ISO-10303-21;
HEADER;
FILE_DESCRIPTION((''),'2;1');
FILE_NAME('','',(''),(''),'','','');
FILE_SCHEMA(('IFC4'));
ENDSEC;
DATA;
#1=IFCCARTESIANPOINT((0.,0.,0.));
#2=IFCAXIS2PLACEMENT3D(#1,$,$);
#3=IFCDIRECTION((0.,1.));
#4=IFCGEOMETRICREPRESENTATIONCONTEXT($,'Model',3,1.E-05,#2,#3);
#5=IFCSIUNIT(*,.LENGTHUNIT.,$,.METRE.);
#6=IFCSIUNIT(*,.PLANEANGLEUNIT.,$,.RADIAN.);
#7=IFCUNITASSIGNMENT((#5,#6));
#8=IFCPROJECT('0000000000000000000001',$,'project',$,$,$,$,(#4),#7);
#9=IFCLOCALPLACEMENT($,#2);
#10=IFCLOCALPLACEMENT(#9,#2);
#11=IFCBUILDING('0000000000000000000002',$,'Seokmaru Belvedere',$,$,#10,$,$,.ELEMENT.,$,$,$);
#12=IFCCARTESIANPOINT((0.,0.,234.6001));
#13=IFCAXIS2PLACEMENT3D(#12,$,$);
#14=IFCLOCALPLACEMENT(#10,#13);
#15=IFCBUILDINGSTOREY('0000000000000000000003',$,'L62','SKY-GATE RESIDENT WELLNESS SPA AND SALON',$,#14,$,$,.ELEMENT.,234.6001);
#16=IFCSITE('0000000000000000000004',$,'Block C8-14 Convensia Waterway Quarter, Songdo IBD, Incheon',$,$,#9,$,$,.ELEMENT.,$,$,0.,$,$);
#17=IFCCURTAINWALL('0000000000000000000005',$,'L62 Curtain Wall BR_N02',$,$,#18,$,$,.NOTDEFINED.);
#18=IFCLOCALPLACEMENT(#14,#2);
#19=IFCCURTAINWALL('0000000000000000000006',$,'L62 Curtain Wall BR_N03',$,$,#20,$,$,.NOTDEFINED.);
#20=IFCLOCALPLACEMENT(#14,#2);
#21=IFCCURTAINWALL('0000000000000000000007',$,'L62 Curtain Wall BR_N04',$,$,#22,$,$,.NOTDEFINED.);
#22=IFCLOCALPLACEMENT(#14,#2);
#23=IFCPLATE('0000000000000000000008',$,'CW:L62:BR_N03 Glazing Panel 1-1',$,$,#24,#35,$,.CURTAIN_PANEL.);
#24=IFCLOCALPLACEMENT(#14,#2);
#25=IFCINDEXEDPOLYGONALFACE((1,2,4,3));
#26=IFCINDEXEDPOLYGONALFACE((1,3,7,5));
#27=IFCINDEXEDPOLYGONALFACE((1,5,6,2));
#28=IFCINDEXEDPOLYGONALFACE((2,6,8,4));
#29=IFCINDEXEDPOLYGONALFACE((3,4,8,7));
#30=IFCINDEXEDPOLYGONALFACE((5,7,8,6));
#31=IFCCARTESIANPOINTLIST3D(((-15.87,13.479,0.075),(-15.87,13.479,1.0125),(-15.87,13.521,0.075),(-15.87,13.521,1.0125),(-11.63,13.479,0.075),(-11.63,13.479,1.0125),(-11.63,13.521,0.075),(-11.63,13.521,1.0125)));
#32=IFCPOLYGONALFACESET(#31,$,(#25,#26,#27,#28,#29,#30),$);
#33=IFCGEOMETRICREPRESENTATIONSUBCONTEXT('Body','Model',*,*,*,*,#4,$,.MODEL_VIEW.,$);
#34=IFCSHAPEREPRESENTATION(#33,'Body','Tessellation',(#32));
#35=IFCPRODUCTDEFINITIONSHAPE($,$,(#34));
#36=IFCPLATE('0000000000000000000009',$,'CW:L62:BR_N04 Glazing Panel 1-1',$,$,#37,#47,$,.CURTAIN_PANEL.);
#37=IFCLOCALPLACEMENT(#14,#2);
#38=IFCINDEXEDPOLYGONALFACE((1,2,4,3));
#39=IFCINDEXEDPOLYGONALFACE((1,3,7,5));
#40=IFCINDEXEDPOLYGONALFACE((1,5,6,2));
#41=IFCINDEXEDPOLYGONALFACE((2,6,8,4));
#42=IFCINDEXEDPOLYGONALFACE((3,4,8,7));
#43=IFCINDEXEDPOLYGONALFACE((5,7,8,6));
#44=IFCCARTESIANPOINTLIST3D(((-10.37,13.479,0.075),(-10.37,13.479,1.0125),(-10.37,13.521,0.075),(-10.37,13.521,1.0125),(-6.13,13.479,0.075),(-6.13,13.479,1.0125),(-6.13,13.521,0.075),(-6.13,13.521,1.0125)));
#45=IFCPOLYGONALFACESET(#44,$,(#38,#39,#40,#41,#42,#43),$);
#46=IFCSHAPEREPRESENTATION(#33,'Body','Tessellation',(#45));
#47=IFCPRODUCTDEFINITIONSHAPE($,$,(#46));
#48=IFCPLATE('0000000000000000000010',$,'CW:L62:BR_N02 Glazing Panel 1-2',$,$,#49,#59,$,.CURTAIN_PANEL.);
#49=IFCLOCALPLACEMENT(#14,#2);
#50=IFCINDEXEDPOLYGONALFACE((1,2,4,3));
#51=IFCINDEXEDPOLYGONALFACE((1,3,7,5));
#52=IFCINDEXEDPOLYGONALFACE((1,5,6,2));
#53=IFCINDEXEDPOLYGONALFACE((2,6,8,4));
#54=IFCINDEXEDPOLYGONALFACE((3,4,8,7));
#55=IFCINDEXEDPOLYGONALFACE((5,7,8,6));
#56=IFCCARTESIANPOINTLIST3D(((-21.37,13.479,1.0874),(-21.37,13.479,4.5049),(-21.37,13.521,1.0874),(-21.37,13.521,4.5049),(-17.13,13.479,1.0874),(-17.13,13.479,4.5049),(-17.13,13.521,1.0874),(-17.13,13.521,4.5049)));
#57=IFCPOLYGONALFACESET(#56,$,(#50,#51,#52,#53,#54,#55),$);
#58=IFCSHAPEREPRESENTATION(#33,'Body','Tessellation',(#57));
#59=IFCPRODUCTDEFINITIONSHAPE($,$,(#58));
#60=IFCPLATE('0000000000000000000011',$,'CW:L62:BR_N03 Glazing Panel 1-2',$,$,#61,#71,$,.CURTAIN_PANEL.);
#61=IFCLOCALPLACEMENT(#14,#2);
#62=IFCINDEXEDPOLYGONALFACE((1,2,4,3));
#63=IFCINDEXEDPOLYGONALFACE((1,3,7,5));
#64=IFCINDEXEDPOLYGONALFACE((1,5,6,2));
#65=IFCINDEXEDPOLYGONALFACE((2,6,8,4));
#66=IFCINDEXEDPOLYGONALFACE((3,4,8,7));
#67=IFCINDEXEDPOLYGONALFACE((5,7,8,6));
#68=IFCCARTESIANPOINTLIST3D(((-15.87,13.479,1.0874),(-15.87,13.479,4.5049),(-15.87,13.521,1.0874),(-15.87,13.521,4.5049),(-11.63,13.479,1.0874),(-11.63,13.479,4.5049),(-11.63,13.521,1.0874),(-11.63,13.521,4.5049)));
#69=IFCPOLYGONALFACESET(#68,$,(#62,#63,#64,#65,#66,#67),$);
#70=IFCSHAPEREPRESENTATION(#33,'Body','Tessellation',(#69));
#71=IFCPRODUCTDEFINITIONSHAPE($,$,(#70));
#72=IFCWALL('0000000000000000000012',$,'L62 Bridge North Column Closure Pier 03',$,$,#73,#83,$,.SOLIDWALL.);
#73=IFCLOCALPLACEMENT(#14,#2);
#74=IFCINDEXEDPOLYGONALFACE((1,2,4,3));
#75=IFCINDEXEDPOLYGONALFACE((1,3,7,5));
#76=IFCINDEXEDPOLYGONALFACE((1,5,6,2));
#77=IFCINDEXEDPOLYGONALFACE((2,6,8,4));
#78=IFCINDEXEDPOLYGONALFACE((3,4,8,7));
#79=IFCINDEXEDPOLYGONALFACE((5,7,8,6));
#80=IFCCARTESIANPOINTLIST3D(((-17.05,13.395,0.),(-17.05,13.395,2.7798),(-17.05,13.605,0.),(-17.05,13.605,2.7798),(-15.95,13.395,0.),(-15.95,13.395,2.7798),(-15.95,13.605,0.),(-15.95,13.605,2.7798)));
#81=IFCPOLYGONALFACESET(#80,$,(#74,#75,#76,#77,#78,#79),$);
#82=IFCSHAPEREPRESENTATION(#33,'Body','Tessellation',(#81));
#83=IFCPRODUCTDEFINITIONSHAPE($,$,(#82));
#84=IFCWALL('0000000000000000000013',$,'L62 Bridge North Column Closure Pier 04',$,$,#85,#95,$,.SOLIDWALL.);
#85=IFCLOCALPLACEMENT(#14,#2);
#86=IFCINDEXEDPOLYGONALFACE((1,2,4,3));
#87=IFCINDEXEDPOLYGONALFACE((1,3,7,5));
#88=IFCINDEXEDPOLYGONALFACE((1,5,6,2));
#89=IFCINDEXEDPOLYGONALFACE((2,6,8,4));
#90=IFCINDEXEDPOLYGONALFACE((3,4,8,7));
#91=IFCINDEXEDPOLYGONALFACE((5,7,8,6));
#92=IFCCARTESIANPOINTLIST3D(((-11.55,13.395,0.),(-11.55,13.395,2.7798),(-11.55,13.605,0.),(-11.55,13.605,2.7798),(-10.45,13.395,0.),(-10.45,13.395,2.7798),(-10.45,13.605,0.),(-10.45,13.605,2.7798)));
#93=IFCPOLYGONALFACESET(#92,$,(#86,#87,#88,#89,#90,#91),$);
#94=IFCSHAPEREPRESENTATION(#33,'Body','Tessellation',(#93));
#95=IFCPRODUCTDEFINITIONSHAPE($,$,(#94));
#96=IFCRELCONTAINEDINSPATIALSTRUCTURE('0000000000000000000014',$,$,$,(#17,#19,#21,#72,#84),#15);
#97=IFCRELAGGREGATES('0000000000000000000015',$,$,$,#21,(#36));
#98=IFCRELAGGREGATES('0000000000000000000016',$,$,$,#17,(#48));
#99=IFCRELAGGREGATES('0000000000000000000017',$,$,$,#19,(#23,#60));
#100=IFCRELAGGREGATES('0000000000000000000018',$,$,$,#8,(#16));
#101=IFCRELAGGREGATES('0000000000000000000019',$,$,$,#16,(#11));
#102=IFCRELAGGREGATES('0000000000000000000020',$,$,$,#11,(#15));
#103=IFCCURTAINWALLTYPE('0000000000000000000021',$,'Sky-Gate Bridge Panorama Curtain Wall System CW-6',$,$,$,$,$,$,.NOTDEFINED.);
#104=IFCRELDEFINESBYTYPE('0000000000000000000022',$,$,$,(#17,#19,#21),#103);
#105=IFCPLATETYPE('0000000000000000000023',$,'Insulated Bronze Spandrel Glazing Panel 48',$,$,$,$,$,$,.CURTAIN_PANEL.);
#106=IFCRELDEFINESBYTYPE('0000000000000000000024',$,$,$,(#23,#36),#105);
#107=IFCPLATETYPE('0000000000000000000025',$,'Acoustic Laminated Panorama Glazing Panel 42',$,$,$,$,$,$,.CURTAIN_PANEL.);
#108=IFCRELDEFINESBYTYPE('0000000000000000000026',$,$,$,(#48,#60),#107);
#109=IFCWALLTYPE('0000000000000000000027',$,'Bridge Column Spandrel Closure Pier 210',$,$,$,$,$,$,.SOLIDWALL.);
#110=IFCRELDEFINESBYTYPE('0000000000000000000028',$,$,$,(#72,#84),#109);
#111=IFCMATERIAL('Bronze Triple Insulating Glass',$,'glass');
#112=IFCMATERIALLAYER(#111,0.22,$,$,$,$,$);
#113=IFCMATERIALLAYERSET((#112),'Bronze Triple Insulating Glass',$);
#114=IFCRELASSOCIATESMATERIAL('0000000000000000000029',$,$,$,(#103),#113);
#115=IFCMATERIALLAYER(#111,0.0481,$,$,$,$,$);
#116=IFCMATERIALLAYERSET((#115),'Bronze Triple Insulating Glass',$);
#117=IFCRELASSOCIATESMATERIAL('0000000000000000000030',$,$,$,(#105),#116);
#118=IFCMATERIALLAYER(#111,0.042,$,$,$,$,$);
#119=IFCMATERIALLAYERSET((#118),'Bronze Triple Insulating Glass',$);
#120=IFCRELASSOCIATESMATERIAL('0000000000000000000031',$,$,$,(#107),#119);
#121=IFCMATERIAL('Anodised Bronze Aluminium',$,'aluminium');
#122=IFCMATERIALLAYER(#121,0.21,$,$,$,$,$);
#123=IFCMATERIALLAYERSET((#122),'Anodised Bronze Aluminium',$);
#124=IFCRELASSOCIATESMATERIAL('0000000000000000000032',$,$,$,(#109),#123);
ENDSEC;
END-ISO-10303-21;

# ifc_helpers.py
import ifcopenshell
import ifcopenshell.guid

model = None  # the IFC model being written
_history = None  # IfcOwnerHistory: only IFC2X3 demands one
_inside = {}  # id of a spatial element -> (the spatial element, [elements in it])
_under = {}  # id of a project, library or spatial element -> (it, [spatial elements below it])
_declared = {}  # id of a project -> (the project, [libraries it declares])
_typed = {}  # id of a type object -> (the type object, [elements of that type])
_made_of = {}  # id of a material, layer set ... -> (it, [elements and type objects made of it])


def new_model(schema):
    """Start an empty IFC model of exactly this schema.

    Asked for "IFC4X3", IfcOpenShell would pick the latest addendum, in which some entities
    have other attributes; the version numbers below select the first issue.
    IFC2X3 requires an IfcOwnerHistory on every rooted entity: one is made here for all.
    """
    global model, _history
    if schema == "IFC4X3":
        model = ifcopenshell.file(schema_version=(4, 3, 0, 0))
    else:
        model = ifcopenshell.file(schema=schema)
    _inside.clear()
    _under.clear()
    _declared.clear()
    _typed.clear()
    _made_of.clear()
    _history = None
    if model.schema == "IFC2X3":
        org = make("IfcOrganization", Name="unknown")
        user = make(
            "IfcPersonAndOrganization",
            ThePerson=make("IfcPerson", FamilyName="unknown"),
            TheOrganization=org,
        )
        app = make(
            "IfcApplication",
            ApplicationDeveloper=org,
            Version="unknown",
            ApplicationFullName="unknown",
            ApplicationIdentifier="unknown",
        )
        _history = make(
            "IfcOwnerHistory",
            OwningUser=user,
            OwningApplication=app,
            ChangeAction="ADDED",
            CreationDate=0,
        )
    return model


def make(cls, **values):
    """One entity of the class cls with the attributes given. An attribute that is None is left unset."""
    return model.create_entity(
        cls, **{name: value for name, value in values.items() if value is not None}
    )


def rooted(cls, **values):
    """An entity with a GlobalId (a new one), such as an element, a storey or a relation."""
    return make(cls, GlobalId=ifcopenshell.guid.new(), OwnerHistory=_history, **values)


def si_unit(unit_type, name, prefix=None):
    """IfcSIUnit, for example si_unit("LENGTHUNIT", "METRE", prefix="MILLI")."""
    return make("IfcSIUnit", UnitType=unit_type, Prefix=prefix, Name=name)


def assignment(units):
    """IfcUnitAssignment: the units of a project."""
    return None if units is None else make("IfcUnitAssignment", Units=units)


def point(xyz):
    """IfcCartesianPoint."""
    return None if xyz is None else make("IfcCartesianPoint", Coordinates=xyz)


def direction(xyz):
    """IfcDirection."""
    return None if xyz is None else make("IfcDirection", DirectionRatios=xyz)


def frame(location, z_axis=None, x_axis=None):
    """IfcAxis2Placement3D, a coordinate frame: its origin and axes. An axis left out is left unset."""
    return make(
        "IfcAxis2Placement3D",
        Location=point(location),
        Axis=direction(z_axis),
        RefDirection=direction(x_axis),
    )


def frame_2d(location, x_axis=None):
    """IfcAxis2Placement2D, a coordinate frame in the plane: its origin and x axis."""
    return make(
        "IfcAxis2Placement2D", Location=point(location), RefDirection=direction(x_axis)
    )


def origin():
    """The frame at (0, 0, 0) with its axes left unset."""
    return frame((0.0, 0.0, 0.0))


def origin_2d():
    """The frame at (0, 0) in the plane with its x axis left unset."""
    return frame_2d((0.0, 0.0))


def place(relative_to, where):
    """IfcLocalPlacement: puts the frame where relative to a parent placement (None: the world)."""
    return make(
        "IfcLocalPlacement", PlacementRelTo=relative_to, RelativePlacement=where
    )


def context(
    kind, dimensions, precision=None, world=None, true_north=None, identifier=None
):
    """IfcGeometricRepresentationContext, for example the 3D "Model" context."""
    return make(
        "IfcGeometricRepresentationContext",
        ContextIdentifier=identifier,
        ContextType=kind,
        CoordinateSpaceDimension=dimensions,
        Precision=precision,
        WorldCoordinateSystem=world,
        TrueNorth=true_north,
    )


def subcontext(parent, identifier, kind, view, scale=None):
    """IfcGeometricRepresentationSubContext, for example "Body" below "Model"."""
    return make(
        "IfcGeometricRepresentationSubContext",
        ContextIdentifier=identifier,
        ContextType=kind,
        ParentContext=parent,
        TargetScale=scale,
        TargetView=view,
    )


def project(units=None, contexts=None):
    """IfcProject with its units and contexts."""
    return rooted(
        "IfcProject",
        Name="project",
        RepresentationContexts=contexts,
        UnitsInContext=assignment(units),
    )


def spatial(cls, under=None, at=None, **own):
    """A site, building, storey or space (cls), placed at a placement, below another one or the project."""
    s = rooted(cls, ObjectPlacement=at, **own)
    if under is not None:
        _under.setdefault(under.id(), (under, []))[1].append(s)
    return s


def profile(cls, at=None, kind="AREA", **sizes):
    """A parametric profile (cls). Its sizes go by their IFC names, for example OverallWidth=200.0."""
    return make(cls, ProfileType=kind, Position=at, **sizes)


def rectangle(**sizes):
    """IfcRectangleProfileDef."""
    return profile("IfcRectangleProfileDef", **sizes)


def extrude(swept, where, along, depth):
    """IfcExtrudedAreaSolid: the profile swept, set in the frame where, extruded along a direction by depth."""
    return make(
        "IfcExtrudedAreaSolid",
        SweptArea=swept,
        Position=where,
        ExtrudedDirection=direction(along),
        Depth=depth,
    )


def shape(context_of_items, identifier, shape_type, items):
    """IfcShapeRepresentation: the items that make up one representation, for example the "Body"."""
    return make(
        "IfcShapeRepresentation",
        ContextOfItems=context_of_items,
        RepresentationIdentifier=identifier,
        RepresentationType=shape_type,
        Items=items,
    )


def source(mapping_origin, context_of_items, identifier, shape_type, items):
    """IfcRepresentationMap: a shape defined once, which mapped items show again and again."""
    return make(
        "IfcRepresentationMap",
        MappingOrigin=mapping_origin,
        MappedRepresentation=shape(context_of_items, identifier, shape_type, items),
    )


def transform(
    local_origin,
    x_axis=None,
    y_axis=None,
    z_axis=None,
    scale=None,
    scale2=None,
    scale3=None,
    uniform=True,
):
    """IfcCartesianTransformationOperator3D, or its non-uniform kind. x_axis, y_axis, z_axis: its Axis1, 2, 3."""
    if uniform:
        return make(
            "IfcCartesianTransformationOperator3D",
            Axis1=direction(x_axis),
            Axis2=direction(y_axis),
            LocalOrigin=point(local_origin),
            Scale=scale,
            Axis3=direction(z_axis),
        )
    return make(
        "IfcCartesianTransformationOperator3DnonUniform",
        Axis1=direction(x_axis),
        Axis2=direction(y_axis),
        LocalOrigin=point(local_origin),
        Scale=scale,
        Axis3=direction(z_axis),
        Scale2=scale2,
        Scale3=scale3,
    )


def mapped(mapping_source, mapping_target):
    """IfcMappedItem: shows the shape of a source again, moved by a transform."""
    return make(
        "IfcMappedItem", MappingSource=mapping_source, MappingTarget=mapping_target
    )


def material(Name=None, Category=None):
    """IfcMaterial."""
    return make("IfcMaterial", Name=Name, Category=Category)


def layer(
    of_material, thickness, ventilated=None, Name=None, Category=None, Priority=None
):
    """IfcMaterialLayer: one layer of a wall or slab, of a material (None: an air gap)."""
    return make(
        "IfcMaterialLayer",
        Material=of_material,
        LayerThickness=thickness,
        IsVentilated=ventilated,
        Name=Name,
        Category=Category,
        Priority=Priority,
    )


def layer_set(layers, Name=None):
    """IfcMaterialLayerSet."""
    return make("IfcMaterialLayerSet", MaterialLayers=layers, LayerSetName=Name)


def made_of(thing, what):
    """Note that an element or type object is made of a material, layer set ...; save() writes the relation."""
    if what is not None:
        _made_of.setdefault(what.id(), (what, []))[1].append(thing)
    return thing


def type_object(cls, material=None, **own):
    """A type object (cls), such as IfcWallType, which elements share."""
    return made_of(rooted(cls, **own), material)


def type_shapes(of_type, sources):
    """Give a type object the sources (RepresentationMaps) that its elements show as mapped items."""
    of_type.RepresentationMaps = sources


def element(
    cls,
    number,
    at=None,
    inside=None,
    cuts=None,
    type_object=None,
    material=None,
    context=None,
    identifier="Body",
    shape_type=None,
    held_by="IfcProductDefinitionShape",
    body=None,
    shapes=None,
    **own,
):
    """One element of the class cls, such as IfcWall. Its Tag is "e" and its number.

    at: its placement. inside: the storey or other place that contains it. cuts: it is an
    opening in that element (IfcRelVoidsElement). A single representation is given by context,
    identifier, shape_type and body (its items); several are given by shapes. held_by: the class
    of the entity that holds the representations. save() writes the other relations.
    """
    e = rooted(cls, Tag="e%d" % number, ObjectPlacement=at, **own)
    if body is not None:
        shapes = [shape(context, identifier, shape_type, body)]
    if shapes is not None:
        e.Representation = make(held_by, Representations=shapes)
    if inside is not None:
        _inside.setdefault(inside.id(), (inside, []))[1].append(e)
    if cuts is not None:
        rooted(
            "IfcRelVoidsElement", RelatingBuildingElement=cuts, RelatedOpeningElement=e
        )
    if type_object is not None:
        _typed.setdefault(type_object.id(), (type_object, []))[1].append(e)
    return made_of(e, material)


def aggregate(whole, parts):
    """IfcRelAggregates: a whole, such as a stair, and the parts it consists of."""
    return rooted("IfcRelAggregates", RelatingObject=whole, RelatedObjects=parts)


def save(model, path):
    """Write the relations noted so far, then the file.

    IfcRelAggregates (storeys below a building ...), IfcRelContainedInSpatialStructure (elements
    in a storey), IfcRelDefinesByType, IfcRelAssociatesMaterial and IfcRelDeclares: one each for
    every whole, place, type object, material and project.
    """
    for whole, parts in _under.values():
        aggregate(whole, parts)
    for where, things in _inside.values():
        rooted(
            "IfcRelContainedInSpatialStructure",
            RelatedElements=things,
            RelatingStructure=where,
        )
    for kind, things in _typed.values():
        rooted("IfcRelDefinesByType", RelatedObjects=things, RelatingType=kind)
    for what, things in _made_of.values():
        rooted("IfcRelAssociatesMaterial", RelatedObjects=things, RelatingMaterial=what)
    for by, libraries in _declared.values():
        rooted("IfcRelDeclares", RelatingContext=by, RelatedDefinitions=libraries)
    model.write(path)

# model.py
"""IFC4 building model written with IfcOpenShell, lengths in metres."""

from ifc_helpers import new_model, si_unit, direction, frame, frame_2d, origin, origin_2d, place, context, subcontext, project, spatial, rectangle, extrude, source, transform, mapped, material, layer, layer_set, type_object, type_shapes, element, aggregate, save


model = new_model("IFC4")

# Units and contexts
model_context = context("Model", 3, precision=1e-05, world=origin(), true_north=direction((0.0, 1.0)))
body_context = subcontext(model_context, "Body", "Model", "MODEL_VIEW")
ifc_project = project(units=[si_unit("LENGTHUNIT", "METRE"), si_unit("PLANEANGLEUNIT", "RADIAN")], contexts=[model_context])

# Site, building, storey
site_placement = place(None, origin())
site = spatial("IfcSite", under=ifc_project, at=site_placement, Name="Block C8-14 Convensia Waterway Quarter, Songdo IBD, Incheon", CompositionType="ELEMENT", RefElevation=0.0)
building_placement = place(site_placement, origin())
building = spatial("IfcBuilding", under=site, at=building_placement, Name="Seokmaru Belvedere", CompositionType="ELEMENT")
storey_placement = place(building_placement, frame((0.0, 0.0, 234.6001)))
storey = spatial("IfcBuildingStorey", under=building, at=storey_placement, Name="L62", Description="SKY-GATE RESIDENT WELLNESS SPA AND SALON", CompositionType="ELEMENT", Elevation=234.6001)

# Curtain walls
ifc_material_1 = material(Name="Bronze Triple Insulating Glass", Category="glass")
ifc_layer_1 = layer(ifc_material_1, 0.22)
ifc_layer_set_1 = layer_set([ifc_layer_1], Name="Bronze Triple Insulating Glass")
curtain_wall_type = type_object("IfcCurtainWallType", Name="Sky-Gate Bridge Panorama Curtain Wall System CW-6", PredefinedType="NOTDEFINED", material=ifc_layer_set_1)
curtain_wall_1_placement = place(storey_placement, origin())
curtain_wall_1 = element("IfcCurtainWall", 1, at=curtain_wall_1_placement, inside=storey, type_object=curtain_wall_type, Name="L62 Curtain Wall BR_N02", PredefinedType="NOTDEFINED")
ifc_material_2 = material(Name="Anodised Bronze Aluminium", Category="aluminium")
curtain_wall_2_placement = place(storey_placement, origin())
curtain_wall_2 = element("IfcCurtainWall", 2, at=curtain_wall_2_placement, inside=storey, type_object=curtain_wall_type, Name="L62 Curtain Wall BR_N03", PredefinedType="NOTDEFINED")

# Curtain wall
curtain_wall_3_placement = place(storey_placement, origin())
curtain_wall_3 = element("IfcCurtainWall", 3, at=curtain_wall_3_placement, inside=storey, type_object=curtain_wall_type, Name="L62 Curtain Wall BR_N04", PredefinedType="NOTDEFINED")

# Plates
ifc_layer_2 = layer(ifc_material_1, 0.0481)
ifc_layer_set_2 = layer_set([ifc_layer_2], Name="Bronze Triple Insulating Glass")
plate_type_1 = type_object("IfcPlateType", Name="Insulated Bronze Spandrel Glazing Panel 48", PredefinedType="CURTAIN_PANEL", material=ifc_layer_set_2)
shared_shape_1 = source(origin(), body_context, "Body", "SweptSolid", [
    extrude(rectangle(XDim=4.24, YDim=0.042, at=origin_2d()), origin(), (0.0, 0.0, 1.0), 0.9375),
])
type_shapes(plate_type_1, [shared_shape_1])
plate_1_placement = place(storey_placement, frame((-13.75, 13.5, 0.075), z_axis=(0.0, 0.0, 1.0), x_axis=(-1.0, 0.0, 0.0)))
plate_1 = element("IfcPlate", 4, at=plate_1_placement, type_object=plate_type_1, Name="CW:L62:BR_N03 Glazing Panel 1-1", PredefinedType="CURTAIN_PANEL", context=body_context, shape_type="MappedRepresentation", body=[
    mapped(shared_shape_1, transform((0.0, 0.0, 0.0), scale=1.0)),
])
plate_2_placement = place(storey_placement, frame((-8.25, 13.5, 0.075), z_axis=(0.0, 0.0, 1.0), x_axis=(-1.0, 0.0, 0.0)))
plate_2 = element("IfcPlate", 5, at=plate_2_placement, type_object=plate_type_1, Name="CW:L62:BR_N04 Glazing Panel 1-1", PredefinedType="CURTAIN_PANEL", context=body_context, shape_type="MappedRepresentation", body=[
    mapped(shared_shape_1, transform((0.0, 0.0, 0.0), scale=1.0)),
])
aggregate(curtain_wall_3, [plate_2])
ifc_layer_3 = layer(ifc_material_1, 0.042)
ifc_layer_set_3 = layer_set([ifc_layer_3], Name="Bronze Triple Insulating Glass")
plate_type_2 = type_object("IfcPlateType", Name="Acoustic Laminated Panorama Glazing Panel 42", PredefinedType="CURTAIN_PANEL", material=ifc_layer_set_3)
shared_shape_2 = source(origin(), body_context, "Body", "SweptSolid", [
    extrude(rectangle(XDim=4.24, YDim=0.042, at=origin_2d()), origin(), (0.0, 0.0, 1.0), 3.4175),
])
type_shapes(plate_type_2, [shared_shape_2])
plate_3_placement = place(storey_placement, frame((-19.25, 13.5, 1.0874), z_axis=(0.0, 0.0, 1.0), x_axis=(-1.0, 0.0, 0.0)))
plate_3 = element("IfcPlate", 6, at=plate_3_placement, type_object=plate_type_2, Name="CW:L62:BR_N02 Glazing Panel 1-2", PredefinedType="CURTAIN_PANEL", context=body_context, shape_type="MappedRepresentation", body=[
    mapped(shared_shape_2, transform((0.0, 0.0, 0.0), scale=1.0)),
])
aggregate(curtain_wall_1, [plate_3])
plate_4_placement = place(storey_placement, frame((-13.75, 13.5, 1.0874), z_axis=(0.0, 0.0, 1.0), x_axis=(-1.0, 0.0, 0.0)))
plate_4 = element("IfcPlate", 7, at=plate_4_placement, type_object=plate_type_2, Name="CW:L62:BR_N03 Glazing Panel 1-2", PredefinedType="CURTAIN_PANEL", context=body_context, shape_type="MappedRepresentation", body=[
    mapped(shared_shape_2, transform((0.0, 0.0, 0.0), scale=1.0)),
])
aggregate(curtain_wall_2, [plate_1, plate_4])

# Walls
ifc_layer_4 = layer(ifc_material_2, 0.21)
ifc_layer_set_4 = layer_set([ifc_layer_4], Name="Anodised Bronze Aluminium")
wall_type = type_object("IfcWallType", Name="Bridge Column Spandrel Closure Pier 210", PredefinedType="SOLIDWALL", material=ifc_layer_set_4)
for number, where, z_axis, x_axis, name in (
    (8, (-17.05, 13.5, 0.0), (0.0, 0.0, 1.0), (1.0, 0.0, 0.0), "L62 Bridge North Column Closure Pier 03"),
    (9, (-11.55, 13.5, 0.0), (0.0, 0.0, 1.0), (1.0, 0.0, 0.0), "L62 Bridge North Column Closure Pier 04"),
):
    element("IfcWall", number, at=place(storey_placement, frame(where, z_axis=z_axis, x_axis=x_axis)), inside=storey, type_object=wall_type, Name=name, PredefinedType="SOLIDWALL", context=body_context, shape_type="SweptSolid", body=[
        extrude(rectangle(XDim=1.1001, YDim=0.21, at=frame_2d((0.55, 0.0))), origin(), (0.0, 0.0, 1.0), 2.7798),
    ])

save(model, "model.ifc")
